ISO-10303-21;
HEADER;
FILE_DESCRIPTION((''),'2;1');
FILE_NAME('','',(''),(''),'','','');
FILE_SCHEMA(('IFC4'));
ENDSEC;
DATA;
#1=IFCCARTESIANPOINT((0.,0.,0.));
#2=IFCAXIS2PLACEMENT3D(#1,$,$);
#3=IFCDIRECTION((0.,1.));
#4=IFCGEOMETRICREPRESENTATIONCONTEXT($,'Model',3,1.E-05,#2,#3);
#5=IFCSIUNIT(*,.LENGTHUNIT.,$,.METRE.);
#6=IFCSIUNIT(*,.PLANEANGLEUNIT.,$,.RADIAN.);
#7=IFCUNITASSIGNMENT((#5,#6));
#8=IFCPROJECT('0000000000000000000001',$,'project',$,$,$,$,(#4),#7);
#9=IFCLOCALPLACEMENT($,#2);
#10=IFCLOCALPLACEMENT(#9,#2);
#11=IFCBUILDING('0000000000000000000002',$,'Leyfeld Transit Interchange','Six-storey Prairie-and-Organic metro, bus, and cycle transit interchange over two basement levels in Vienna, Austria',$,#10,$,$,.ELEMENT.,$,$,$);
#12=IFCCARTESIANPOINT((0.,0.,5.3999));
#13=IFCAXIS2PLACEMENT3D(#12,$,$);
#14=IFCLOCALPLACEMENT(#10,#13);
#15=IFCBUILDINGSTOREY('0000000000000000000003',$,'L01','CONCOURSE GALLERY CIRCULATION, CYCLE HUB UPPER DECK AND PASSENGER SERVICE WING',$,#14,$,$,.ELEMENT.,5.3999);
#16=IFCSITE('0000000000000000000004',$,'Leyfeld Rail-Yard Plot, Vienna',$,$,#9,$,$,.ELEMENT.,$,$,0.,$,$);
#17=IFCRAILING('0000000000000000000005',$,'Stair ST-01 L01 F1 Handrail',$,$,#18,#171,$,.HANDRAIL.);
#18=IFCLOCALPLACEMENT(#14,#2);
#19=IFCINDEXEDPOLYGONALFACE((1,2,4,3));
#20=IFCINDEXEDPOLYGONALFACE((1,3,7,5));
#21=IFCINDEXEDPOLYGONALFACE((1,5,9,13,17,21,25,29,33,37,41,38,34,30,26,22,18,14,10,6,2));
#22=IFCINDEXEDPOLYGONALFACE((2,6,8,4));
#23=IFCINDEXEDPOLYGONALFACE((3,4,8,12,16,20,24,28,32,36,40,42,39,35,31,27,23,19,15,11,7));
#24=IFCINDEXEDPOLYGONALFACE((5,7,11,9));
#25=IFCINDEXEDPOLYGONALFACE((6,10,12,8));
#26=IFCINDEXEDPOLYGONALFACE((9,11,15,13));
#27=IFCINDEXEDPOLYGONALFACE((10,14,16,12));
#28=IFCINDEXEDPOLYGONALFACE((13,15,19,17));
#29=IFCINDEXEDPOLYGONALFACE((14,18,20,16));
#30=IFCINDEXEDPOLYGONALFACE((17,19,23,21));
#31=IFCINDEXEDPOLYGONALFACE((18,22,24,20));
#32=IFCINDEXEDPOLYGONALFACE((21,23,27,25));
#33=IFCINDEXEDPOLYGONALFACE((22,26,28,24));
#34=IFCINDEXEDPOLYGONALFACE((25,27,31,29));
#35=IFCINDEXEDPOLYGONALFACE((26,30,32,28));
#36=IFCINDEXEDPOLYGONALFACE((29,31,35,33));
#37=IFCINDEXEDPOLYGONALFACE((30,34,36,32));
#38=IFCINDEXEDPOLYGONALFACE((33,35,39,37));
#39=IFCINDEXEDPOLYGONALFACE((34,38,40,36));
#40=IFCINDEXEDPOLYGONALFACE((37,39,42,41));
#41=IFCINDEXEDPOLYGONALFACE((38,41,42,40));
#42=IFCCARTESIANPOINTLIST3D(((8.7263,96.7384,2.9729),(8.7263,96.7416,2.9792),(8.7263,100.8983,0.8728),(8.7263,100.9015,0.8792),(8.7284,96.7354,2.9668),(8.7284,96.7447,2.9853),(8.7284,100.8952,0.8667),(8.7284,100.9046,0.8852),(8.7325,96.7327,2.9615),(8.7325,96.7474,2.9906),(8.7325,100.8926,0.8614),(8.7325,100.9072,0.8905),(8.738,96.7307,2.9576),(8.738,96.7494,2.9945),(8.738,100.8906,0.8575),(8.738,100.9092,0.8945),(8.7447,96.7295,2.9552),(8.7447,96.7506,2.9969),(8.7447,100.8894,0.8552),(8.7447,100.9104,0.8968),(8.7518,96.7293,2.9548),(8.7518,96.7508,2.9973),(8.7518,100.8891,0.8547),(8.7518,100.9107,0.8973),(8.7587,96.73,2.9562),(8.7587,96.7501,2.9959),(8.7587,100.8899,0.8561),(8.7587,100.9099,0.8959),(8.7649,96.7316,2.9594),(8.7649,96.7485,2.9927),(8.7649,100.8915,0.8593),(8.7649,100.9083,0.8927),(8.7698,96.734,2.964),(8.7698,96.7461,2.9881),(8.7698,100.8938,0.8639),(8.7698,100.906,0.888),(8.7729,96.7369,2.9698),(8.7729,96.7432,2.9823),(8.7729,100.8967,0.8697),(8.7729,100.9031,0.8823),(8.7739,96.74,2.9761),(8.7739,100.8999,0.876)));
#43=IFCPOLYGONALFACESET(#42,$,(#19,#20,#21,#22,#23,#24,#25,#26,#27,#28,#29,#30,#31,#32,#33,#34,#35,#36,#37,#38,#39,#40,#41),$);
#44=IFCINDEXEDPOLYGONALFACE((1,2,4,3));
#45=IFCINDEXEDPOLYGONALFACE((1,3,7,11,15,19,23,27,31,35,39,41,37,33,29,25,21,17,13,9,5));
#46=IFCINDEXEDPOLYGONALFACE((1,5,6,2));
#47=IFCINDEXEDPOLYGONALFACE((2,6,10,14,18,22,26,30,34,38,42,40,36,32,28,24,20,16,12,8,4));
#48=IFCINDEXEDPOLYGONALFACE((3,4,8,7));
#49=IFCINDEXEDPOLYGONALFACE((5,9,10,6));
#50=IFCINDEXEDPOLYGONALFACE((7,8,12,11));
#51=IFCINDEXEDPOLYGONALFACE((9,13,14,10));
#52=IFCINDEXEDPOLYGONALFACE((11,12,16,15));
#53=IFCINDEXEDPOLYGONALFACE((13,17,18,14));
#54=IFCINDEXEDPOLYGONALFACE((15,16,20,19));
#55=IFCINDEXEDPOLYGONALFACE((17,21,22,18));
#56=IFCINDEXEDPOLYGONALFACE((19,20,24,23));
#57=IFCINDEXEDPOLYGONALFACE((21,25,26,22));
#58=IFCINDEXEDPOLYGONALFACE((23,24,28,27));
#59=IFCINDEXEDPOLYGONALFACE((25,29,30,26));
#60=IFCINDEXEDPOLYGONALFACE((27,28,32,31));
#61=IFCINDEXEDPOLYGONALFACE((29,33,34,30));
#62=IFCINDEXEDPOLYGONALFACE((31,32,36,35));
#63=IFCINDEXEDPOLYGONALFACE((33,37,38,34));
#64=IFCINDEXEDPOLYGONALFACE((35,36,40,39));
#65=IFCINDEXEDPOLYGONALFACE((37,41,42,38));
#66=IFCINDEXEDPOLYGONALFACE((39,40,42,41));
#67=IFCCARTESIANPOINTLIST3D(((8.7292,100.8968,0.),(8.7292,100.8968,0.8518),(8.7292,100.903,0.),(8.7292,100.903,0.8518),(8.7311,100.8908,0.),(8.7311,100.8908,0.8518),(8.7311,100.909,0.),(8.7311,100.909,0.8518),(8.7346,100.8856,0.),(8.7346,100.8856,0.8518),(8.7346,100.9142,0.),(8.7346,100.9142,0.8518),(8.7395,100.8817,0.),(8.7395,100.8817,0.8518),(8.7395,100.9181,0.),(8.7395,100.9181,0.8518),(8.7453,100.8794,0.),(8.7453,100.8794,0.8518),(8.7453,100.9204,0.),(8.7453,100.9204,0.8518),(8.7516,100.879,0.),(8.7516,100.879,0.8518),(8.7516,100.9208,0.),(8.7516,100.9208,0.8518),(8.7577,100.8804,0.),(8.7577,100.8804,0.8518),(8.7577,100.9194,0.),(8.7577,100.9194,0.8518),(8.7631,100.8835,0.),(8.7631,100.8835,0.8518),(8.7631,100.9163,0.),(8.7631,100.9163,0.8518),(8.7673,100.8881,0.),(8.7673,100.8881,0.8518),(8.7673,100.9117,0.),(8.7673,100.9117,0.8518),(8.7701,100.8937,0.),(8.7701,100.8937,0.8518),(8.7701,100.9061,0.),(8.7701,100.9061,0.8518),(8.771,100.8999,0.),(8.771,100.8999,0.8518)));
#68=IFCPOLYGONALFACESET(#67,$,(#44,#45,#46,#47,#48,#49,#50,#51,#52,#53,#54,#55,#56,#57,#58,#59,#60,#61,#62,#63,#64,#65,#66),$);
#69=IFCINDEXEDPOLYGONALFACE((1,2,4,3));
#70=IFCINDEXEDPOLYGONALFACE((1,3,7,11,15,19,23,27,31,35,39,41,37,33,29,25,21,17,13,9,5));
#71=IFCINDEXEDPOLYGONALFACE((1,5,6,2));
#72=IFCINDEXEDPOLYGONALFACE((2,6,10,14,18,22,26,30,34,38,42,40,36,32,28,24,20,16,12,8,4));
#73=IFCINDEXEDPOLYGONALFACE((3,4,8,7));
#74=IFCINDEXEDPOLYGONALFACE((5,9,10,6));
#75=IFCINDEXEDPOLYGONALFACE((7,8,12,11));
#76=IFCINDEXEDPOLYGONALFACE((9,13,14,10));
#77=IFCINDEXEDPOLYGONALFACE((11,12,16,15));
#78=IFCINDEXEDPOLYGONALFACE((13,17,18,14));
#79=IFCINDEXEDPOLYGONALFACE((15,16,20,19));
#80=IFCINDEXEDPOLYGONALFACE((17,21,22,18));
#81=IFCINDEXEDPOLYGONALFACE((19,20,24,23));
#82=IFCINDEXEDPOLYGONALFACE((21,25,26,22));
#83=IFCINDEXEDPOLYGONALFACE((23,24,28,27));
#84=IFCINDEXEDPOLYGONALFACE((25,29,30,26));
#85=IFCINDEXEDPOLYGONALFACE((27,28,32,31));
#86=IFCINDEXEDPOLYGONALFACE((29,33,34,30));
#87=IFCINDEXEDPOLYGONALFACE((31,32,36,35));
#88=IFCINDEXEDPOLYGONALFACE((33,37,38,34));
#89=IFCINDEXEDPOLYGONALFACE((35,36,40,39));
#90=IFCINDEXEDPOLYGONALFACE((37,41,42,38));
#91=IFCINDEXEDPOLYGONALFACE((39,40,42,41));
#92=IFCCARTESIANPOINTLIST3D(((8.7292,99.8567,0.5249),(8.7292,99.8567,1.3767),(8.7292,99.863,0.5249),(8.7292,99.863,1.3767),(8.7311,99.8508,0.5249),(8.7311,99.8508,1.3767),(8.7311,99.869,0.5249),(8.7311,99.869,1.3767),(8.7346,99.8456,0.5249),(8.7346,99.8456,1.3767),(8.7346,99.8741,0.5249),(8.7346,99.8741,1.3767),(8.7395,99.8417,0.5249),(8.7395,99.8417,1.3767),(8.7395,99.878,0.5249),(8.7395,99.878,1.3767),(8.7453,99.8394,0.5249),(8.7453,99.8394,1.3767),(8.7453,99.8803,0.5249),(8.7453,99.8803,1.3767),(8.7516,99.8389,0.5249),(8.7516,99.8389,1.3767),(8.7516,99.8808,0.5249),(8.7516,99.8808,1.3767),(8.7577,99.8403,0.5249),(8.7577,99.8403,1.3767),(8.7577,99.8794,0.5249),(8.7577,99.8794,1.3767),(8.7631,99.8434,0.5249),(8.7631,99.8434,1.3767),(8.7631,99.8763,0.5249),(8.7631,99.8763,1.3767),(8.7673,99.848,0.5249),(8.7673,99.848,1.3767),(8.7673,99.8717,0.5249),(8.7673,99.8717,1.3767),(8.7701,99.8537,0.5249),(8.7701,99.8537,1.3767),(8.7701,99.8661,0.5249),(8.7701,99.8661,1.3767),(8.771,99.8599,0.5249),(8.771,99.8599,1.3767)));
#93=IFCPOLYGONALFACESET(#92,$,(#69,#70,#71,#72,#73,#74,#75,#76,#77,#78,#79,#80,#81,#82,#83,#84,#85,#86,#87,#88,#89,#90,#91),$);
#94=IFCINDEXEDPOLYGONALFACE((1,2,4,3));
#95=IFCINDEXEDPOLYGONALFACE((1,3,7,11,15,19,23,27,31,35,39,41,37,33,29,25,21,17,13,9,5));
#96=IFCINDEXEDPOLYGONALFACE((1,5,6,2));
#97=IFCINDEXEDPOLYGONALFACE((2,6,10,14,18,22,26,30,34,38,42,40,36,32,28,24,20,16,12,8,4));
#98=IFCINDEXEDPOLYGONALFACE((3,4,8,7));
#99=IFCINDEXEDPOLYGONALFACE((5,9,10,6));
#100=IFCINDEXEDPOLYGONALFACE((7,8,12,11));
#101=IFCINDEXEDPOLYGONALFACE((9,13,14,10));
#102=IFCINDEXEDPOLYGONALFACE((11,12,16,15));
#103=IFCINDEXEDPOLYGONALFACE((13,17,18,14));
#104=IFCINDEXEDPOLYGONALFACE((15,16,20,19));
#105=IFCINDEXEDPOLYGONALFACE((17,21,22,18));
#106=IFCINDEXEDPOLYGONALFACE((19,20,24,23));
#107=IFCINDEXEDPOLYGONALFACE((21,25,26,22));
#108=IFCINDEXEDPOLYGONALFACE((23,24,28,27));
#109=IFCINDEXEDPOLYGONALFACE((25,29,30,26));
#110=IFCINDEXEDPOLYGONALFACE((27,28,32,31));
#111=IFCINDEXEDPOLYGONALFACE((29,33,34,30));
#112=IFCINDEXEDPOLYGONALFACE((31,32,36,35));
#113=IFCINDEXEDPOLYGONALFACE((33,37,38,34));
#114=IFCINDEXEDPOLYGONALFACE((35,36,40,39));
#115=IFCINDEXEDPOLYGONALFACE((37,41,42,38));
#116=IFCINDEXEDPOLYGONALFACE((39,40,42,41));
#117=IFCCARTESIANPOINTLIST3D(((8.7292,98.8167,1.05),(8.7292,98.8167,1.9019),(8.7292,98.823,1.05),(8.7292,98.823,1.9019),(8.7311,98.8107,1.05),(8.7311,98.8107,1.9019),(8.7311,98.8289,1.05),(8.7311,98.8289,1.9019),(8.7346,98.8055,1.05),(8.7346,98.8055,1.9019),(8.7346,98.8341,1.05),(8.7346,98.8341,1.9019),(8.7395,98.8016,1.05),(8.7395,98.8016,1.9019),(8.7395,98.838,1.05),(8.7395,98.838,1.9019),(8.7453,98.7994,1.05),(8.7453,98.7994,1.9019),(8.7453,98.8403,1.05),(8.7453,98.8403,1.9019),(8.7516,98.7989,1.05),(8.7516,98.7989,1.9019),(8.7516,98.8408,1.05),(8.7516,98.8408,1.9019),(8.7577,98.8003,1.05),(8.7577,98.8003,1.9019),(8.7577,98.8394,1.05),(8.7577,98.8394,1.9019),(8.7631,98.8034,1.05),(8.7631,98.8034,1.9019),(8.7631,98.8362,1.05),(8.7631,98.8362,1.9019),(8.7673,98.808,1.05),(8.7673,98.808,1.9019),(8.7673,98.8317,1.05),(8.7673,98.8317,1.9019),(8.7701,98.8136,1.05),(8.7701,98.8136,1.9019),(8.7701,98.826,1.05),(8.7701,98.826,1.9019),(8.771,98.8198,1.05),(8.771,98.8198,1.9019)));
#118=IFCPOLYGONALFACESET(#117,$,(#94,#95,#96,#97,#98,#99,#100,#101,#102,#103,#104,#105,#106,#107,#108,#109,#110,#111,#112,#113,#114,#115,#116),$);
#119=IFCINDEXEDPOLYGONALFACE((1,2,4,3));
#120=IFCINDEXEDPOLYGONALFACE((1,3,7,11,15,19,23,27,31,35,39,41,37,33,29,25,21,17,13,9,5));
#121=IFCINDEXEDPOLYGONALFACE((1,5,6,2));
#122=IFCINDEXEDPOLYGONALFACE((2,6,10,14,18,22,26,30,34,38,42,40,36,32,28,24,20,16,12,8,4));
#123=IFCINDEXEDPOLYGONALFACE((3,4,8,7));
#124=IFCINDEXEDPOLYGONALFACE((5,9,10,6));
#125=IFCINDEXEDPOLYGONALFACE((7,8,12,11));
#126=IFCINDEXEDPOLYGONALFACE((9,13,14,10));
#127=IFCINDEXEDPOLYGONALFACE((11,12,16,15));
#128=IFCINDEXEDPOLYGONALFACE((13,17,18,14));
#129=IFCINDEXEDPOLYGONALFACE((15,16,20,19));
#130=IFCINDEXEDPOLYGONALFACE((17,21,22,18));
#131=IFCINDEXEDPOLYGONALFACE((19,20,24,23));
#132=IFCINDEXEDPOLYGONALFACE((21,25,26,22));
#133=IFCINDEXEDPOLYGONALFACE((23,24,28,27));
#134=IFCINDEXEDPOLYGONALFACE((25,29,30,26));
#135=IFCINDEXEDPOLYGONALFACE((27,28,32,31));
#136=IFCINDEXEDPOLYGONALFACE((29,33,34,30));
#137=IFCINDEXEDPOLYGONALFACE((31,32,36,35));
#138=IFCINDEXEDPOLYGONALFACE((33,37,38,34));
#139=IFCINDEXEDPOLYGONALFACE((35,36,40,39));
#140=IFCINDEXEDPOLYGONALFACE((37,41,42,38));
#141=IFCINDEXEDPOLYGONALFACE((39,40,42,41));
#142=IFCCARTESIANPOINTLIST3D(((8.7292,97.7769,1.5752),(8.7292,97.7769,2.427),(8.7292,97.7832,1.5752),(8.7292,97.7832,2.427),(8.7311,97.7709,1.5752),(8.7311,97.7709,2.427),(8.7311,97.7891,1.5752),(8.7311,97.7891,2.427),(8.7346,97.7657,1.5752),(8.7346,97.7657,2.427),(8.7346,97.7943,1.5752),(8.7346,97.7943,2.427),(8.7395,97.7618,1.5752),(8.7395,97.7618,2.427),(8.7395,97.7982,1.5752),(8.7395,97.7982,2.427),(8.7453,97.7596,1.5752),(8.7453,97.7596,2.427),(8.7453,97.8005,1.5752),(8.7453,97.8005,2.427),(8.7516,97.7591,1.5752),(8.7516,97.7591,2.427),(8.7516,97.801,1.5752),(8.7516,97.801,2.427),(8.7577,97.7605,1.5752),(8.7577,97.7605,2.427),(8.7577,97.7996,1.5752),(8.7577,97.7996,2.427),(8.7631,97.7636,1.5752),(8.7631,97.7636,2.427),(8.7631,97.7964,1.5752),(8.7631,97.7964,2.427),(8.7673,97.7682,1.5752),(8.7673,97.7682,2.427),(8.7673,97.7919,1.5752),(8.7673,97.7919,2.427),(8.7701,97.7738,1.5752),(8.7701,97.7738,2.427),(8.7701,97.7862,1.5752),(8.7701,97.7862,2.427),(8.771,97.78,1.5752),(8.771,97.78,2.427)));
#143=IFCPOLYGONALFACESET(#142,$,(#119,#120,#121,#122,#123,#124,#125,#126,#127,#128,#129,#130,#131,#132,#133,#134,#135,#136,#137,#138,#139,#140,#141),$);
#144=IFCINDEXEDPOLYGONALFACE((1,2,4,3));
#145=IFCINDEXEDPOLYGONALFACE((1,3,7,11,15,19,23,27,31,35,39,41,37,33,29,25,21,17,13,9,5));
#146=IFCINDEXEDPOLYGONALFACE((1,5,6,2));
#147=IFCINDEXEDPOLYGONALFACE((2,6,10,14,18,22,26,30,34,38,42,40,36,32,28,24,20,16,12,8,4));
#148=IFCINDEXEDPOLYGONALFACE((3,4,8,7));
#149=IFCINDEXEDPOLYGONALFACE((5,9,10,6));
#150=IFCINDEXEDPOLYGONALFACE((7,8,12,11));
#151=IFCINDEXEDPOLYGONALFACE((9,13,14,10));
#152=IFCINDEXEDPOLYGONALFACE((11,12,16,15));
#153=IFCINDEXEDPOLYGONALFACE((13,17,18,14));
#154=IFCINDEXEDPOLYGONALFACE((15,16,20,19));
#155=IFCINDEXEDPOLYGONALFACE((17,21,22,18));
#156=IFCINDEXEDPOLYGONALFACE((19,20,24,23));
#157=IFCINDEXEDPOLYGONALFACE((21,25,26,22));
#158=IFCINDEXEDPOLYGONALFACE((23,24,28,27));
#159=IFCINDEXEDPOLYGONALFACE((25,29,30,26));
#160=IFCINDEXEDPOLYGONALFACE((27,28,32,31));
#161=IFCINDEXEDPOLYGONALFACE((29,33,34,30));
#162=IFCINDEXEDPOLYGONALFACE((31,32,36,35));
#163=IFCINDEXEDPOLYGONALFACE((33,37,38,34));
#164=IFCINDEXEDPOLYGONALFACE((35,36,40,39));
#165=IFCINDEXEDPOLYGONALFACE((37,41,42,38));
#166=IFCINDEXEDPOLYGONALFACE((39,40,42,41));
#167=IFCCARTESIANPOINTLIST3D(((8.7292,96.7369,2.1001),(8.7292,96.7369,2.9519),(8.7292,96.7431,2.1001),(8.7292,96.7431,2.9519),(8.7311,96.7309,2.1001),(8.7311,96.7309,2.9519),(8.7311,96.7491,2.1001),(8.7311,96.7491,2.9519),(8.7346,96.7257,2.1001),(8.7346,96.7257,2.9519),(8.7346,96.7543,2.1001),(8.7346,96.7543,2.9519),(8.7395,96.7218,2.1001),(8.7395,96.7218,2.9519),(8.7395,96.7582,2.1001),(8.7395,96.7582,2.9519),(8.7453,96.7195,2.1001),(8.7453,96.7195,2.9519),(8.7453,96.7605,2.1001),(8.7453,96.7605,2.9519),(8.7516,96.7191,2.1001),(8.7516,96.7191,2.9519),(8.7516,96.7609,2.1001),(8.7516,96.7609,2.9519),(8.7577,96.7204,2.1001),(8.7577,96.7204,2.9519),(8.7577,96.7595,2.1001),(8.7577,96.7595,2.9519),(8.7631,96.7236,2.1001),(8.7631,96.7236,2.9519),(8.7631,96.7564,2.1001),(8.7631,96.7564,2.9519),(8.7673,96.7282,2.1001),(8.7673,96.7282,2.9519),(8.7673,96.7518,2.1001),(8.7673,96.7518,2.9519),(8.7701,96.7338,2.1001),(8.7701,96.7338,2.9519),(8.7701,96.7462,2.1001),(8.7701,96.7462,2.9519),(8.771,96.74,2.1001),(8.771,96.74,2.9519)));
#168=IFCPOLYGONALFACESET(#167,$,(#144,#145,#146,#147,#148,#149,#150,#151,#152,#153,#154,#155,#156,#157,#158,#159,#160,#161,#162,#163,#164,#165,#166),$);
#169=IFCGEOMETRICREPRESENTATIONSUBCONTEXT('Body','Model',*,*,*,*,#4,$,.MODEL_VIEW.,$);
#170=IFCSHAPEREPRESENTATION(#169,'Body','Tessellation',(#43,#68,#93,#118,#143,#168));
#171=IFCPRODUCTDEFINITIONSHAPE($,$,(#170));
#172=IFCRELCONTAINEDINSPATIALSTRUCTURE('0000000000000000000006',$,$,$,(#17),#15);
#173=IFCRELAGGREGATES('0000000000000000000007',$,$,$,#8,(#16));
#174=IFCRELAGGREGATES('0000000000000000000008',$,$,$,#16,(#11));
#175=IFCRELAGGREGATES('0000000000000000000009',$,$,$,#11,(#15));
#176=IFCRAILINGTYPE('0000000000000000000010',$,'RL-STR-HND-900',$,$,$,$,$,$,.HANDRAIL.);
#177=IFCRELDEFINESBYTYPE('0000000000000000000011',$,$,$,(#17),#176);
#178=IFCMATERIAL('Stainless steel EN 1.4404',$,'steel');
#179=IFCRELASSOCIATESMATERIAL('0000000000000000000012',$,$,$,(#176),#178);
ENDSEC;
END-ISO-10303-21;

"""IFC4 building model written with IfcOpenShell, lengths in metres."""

from ifc_helpers import new_model, si_unit, direction, frame, origin, origin_2d, place, context, subcontext, project, spatial, circle, extrude, material, type_object, element, save


model = new_model("IFC4")

# Units and contexts
model_context = context("Model", 3, precision=1e-05, world=origin(), true_north=direction((0.0, 1.0)))
body_context = subcontext(model_context, "Body", "Model", "MODEL_VIEW")
ifc_project = project(units=[si_unit("LENGTHUNIT", "METRE"), si_unit("PLANEANGLEUNIT", "RADIAN")], contexts=[model_context])

# Site, building, storey
site_placement = place(None, origin())
site = spatial("IfcSite", under=ifc_project, at=site_placement, Name="Leyfeld Rail-Yard Plot, Vienna", CompositionType="ELEMENT", RefElevation=0.0)
building_placement = place(site_placement, origin())
building = spatial("IfcBuilding", under=site, at=building_placement, Name="Leyfeld Transit Interchange", Description="Six-storey Prairie-and-Organic metro, bus, and cycle transit interchange over two basement levels in Vienna, Austria", CompositionType="ELEMENT")
storey_placement = place(building_placement, frame((0.0, 0.0, 5.3999)))
storey = spatial("IfcBuildingStorey", under=building, at=storey_placement, Name="L01", Description="CONCOURSE GALLERY CIRCULATION, CYCLE HUB UPPER DECK AND PASSENGER SERVICE WING", CompositionType="ELEMENT", Elevation=5.3999)

# Railing
ifc_material_1 = material(Name="Stainless steel EN 1.4404", Category="steel")
railing_type_1 = type_object("IfcRailingType", Name="RL-STR-HND-900", PredefinedType="HANDRAIL", material=ifc_material_1)
railing_1_placement = place(storey_placement, frame((8.75, 100.8999, 0.0)))
element("IfcRailing", 1, at=railing_1_placement, inside=storey, type_object=railing_type_1, Name="Stair ST-01 L01 F1 Handrail", PredefinedType="HANDRAIL", context=body_context, shape_type="SweptSolid", body=[
    extrude(circle(Radius=0.0239, at=origin_2d()), frame((0.0, 0.0, 0.876), z_axis=(0.0, -0.892692, 0.450668), x_axis=(1.0, 0.0, 0.0)), (0.0, 0.0, 1.0), 4.6599),
    extrude(circle(Radius=0.021, at=origin_2d()), origin(), (0.0, 0.0, 1.0), 0.8518),
    extrude(circle(Radius=0.021, at=origin_2d()), frame((0.0, -1.04, 0.5249)), (0.0, 0.0, 1.0), 0.8518),
    extrude(circle(Radius=0.021, at=origin_2d()), frame((0.0, -2.0801, 1.05)), (0.0, 0.0, 1.0), 0.8518),
    extrude(circle(Radius=0.021, at=origin_2d()), frame((0.0, -3.1199, 1.5752)), (0.0, 0.0, 1.0), 0.8518),
    extrude(circle(Radius=0.021, at=origin_2d()), frame((0.0, -4.1599, 2.1001)), (0.0, 0.0, 1.0), 0.8518),
])

save(model, "model.ifc")
